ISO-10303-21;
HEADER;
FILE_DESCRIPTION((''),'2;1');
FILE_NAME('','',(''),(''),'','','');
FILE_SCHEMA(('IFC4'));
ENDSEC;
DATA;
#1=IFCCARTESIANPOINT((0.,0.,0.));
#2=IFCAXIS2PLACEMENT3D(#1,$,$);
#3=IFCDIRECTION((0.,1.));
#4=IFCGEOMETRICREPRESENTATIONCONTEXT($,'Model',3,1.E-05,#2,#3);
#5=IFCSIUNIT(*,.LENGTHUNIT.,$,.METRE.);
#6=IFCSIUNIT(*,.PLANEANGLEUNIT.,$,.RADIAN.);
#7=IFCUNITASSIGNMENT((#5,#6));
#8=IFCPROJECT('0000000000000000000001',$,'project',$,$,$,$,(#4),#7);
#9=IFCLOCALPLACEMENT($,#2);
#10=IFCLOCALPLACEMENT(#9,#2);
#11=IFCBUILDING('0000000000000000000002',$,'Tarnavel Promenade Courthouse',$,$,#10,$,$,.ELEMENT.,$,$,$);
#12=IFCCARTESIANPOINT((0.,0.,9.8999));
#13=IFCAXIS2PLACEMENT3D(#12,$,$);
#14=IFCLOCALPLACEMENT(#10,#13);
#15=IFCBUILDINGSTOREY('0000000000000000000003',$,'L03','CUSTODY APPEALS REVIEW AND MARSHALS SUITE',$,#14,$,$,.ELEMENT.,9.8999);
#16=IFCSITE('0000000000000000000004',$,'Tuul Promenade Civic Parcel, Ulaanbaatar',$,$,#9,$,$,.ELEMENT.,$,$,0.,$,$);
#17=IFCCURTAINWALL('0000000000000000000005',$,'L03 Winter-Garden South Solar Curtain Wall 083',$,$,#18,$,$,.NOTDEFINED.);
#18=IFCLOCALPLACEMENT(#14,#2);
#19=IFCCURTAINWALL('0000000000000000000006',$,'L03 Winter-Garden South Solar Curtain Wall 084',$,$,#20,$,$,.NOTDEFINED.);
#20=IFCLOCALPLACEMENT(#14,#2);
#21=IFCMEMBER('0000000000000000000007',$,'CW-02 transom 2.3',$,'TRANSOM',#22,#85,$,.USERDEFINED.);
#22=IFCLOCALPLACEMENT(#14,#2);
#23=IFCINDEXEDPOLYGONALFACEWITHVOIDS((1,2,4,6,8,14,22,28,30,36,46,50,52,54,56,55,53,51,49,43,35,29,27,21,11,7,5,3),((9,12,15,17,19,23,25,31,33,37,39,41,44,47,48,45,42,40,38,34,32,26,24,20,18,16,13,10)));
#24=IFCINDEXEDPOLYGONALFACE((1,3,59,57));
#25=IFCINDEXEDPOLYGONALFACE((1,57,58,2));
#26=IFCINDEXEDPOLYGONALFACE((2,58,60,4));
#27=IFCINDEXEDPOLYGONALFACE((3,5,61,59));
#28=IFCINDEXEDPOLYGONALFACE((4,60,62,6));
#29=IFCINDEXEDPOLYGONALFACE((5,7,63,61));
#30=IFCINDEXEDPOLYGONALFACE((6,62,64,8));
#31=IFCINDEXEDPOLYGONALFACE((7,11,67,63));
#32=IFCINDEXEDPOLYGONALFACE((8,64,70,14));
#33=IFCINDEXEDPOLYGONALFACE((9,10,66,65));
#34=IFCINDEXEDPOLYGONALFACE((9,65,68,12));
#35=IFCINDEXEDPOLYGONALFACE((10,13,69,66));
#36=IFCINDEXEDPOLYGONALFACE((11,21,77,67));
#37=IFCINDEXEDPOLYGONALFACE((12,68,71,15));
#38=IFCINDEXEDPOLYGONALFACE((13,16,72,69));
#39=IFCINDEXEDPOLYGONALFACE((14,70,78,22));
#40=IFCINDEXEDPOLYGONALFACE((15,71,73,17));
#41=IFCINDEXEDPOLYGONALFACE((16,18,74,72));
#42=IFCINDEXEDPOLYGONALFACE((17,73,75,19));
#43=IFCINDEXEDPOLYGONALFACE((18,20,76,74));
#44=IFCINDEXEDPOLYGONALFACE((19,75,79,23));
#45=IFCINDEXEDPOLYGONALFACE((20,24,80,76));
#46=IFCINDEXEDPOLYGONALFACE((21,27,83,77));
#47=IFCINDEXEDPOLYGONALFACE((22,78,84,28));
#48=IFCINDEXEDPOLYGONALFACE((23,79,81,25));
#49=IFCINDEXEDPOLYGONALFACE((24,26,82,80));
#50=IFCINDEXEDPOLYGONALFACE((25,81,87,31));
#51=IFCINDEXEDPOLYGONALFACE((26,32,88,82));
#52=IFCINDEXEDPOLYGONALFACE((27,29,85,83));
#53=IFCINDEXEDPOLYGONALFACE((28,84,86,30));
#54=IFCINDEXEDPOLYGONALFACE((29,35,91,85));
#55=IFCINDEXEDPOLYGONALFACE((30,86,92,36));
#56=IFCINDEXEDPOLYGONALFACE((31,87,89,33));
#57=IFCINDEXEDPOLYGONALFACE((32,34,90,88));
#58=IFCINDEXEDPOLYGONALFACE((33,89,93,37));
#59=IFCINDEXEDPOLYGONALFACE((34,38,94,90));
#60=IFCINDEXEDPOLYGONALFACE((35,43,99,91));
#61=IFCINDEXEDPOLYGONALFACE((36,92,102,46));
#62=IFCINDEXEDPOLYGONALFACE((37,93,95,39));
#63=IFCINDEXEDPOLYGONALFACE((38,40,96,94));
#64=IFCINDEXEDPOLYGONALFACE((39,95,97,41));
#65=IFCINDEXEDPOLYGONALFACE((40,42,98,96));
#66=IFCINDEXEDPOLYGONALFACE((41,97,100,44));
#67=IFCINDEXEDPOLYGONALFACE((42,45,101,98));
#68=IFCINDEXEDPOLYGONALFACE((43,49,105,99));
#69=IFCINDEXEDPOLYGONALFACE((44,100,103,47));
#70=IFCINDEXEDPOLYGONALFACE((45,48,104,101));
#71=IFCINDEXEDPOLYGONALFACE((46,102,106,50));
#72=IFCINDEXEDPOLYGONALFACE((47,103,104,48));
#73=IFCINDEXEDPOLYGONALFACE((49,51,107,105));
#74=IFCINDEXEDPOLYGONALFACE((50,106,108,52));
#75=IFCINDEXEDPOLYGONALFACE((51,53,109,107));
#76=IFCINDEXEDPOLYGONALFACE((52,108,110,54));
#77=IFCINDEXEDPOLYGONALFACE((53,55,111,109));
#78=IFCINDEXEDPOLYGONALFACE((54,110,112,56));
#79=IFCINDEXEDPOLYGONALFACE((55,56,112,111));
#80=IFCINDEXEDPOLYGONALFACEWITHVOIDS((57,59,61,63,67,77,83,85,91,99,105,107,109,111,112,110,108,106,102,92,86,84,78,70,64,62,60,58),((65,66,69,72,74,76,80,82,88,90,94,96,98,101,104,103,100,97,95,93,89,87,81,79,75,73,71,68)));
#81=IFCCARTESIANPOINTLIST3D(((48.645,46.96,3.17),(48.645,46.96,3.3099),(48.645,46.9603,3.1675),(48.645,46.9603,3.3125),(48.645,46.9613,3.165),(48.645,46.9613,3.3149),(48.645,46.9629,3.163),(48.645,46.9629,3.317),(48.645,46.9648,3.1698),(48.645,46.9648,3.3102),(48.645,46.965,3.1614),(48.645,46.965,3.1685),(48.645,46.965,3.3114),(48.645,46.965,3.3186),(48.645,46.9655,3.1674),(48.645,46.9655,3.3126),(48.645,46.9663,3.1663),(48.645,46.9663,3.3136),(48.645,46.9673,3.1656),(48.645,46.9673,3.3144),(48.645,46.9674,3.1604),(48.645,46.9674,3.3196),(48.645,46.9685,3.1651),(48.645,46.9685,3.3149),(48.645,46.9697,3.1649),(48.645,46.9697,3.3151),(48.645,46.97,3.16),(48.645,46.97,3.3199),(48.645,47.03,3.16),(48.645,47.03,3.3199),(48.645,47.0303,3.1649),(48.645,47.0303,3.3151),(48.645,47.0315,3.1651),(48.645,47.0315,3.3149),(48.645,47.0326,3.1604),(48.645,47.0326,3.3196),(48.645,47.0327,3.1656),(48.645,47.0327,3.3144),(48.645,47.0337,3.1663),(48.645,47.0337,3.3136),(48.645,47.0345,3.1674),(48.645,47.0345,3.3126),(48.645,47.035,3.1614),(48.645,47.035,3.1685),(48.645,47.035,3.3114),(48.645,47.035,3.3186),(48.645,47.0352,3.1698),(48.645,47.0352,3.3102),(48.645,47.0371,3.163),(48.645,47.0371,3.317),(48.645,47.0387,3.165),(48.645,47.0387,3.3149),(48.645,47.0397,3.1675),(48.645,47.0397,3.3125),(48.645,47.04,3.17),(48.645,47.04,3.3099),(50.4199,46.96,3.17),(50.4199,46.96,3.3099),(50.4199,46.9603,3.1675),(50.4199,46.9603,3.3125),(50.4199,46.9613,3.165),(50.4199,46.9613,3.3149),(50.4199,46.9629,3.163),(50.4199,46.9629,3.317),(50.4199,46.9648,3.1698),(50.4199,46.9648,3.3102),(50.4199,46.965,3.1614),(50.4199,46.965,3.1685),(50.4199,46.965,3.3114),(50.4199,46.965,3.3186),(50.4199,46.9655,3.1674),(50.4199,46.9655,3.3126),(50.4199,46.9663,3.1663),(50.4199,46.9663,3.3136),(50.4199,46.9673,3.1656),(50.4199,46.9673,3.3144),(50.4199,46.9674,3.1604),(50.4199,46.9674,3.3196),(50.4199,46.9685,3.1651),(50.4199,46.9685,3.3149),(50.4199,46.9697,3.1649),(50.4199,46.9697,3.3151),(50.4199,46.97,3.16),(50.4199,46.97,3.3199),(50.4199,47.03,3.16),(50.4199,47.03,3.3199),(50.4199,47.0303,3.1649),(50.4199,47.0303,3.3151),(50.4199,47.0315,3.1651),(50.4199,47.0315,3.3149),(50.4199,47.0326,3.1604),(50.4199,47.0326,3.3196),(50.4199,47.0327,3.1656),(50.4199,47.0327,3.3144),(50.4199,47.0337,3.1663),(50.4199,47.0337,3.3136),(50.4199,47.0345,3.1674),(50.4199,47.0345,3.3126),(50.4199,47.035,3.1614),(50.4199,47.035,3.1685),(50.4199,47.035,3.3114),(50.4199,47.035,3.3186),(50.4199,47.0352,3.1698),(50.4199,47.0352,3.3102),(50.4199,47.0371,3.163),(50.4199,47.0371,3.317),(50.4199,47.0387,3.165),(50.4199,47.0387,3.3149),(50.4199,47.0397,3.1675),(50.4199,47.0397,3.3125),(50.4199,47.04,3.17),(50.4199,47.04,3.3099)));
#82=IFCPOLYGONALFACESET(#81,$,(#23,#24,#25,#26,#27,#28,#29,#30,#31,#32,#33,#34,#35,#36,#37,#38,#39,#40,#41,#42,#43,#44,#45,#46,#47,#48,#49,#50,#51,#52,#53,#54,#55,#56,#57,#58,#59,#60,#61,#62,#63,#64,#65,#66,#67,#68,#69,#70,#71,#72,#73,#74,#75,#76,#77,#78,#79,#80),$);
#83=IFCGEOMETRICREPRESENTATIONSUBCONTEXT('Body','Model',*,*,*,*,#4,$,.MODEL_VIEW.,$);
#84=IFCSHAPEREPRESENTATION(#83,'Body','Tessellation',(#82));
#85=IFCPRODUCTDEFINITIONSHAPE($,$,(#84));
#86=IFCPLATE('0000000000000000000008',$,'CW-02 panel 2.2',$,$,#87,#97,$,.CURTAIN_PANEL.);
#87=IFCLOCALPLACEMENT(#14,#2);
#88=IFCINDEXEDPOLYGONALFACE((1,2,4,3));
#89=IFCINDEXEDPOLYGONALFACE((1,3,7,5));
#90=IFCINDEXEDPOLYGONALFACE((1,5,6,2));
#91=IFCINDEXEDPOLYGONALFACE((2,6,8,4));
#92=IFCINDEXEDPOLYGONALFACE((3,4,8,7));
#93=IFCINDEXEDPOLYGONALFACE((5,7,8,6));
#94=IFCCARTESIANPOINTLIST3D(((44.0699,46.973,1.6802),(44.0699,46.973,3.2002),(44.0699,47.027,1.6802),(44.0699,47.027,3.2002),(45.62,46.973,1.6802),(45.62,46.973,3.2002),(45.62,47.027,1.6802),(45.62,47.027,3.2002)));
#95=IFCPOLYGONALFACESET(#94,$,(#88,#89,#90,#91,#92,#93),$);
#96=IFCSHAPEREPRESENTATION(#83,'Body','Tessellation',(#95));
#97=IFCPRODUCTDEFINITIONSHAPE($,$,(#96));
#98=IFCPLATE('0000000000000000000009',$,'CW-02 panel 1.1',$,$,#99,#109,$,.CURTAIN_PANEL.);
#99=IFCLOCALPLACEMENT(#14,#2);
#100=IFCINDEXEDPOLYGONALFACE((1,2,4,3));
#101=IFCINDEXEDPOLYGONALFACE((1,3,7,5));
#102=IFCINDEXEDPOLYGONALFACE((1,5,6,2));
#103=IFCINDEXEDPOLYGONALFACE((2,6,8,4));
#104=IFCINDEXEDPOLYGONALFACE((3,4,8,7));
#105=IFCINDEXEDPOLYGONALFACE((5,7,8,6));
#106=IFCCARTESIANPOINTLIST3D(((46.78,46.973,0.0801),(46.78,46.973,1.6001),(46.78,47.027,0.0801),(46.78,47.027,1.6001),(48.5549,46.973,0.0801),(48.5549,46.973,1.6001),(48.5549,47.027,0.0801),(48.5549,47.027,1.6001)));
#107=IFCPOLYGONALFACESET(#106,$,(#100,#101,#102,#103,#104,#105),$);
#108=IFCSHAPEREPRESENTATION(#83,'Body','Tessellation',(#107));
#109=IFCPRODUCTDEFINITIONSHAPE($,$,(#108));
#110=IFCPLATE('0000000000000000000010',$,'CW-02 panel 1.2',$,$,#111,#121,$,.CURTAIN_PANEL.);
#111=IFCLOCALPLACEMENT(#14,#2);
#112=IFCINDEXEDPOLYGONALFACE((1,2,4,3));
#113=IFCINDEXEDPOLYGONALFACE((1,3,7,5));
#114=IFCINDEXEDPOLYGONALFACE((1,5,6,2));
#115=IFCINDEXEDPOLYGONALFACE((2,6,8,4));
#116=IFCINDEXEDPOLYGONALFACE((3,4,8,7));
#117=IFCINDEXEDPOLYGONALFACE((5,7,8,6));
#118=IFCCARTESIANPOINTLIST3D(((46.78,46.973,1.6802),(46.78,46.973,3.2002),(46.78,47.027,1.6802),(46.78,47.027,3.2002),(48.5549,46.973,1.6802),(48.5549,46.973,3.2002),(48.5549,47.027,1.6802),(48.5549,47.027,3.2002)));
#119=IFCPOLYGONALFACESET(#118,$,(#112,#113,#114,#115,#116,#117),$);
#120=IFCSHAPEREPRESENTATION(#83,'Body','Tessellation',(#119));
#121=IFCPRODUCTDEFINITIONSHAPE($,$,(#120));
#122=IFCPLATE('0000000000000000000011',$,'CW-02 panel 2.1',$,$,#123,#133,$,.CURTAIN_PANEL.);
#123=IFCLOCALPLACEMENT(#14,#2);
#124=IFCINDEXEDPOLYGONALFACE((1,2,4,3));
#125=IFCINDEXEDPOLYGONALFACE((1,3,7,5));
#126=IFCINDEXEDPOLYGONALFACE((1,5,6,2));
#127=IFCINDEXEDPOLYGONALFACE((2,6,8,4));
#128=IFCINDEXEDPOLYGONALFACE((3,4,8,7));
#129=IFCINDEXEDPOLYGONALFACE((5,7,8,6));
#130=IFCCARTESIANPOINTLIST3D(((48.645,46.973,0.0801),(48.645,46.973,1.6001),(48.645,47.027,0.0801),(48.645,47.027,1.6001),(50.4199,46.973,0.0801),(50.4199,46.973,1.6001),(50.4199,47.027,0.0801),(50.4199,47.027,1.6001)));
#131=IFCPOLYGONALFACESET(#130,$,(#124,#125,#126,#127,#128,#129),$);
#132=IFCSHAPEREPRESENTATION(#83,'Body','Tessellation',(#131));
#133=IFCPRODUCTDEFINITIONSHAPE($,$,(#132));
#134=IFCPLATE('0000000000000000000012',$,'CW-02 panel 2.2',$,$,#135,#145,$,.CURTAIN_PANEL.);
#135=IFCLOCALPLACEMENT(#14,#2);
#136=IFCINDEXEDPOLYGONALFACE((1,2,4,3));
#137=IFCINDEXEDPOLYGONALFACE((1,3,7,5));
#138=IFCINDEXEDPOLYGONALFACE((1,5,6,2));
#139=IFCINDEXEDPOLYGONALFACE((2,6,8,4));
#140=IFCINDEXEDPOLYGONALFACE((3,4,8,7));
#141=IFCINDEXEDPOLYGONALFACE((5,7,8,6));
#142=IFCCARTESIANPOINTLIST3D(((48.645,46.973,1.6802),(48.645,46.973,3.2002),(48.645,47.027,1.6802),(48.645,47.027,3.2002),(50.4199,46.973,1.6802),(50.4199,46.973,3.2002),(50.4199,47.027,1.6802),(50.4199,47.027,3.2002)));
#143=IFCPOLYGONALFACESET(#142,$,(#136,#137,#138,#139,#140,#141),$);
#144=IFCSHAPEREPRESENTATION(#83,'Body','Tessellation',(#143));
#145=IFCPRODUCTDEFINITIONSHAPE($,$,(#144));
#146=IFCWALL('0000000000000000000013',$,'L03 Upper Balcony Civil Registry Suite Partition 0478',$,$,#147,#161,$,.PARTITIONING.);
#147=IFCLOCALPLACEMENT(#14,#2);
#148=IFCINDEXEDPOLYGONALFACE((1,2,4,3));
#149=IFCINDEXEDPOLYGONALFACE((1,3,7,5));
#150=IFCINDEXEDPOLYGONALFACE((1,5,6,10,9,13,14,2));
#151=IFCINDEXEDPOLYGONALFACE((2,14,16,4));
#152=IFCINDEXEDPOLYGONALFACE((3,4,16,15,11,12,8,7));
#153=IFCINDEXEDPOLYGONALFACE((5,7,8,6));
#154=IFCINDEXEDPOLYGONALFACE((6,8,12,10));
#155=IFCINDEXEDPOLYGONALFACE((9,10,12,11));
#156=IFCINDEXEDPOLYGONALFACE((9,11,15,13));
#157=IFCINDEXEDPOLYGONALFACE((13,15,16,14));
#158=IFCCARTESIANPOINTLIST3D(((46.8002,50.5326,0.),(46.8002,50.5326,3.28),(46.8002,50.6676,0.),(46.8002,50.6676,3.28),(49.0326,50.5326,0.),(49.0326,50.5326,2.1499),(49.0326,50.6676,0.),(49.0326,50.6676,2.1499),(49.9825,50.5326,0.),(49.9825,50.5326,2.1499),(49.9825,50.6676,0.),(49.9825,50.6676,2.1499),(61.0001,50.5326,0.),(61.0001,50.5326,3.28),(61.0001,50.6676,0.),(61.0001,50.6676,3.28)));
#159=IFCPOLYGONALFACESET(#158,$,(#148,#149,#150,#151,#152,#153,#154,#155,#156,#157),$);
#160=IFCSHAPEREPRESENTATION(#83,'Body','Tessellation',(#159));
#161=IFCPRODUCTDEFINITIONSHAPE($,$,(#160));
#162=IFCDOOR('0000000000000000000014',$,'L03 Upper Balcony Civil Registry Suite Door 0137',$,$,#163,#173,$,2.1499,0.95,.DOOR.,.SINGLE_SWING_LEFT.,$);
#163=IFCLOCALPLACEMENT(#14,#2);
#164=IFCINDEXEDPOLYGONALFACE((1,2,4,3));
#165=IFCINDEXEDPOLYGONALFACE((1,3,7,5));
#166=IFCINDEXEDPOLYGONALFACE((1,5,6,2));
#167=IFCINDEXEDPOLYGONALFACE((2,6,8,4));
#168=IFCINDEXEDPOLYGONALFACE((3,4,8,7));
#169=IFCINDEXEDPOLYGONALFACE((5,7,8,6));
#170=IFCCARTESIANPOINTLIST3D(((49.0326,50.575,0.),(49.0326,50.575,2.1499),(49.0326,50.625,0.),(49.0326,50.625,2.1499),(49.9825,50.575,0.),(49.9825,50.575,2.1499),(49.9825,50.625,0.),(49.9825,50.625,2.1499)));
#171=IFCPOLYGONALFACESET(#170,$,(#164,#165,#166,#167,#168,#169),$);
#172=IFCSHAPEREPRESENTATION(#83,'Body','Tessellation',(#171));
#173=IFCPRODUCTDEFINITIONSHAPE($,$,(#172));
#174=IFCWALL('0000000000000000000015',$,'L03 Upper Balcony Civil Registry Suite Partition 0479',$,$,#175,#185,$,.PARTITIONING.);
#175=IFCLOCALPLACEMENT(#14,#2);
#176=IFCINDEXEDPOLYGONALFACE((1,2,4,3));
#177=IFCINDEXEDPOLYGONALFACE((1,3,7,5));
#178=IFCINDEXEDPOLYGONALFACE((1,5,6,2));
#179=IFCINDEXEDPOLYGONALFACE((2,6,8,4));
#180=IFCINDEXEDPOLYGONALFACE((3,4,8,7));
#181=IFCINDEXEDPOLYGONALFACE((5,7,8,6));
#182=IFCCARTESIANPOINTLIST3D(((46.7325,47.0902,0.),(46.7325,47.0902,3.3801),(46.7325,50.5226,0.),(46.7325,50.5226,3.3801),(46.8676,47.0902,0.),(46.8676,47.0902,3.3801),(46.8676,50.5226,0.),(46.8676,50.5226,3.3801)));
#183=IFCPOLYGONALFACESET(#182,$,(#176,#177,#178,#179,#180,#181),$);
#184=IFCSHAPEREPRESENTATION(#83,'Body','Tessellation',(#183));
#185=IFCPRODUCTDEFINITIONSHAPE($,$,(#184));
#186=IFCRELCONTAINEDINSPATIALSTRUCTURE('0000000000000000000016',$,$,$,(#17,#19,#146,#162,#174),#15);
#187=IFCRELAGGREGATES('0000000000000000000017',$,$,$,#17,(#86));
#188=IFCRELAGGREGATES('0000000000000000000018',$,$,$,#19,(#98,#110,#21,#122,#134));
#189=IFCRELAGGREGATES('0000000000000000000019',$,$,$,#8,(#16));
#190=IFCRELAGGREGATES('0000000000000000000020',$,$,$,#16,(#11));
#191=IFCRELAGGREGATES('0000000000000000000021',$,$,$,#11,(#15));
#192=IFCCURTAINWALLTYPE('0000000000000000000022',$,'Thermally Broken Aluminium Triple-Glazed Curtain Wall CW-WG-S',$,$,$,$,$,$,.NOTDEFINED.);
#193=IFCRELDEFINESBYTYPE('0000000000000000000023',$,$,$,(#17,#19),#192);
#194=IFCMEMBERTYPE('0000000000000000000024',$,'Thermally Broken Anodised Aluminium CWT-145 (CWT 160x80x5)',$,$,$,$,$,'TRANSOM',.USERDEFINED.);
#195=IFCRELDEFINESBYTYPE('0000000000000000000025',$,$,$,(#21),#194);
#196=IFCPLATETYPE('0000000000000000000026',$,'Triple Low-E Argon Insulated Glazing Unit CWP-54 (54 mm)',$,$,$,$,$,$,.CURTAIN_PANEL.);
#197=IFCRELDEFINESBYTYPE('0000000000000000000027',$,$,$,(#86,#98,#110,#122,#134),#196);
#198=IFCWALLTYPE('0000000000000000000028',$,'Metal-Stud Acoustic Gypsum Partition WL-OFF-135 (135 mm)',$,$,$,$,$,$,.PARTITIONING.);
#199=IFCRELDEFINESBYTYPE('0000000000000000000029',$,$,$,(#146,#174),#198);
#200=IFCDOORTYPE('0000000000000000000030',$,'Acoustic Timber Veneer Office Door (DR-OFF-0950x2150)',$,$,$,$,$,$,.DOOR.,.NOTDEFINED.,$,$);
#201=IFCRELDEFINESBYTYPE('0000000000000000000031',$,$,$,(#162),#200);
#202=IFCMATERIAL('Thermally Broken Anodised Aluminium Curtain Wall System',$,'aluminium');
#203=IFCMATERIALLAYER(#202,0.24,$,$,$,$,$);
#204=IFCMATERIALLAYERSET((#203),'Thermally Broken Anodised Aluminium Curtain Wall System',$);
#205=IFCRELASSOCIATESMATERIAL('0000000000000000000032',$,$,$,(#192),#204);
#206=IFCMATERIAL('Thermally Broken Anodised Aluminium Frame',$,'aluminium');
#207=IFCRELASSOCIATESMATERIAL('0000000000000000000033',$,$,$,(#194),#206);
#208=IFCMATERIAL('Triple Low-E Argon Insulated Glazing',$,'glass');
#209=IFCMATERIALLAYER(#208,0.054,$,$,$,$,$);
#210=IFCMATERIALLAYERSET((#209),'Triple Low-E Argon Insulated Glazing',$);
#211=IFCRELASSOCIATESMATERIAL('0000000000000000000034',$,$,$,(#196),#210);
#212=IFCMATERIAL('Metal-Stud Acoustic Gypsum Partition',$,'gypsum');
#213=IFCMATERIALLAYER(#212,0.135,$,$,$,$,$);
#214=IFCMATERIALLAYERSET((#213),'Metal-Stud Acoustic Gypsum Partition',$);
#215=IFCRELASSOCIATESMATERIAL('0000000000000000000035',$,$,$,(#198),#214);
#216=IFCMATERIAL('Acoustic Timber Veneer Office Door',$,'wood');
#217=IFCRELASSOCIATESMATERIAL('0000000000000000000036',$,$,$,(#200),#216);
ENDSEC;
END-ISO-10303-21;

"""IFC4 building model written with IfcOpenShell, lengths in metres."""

from ifc_helpers import new_model, si_unit, direction, frame, frame_2d, origin, origin_2d, place, context, subcontext, project, spatial, rectangle, hollow_rectangle, extrude, material, layer, layer_set, material_profile, profile_set, type_object, element, fill, aggregate, save


model = new_model("IFC4")

# Units and contexts
model_context = context("Model", 3, precision=1e-05, world=origin(), true_north=direction((0.0, 1.0)))
body_context = subcontext(model_context, "Body", "Model", "MODEL_VIEW")
ifc_project = project(units=[si_unit("LENGTHUNIT", "METRE"), si_unit("PLANEANGLEUNIT", "RADIAN")], contexts=[model_context])

# Site, building, storey
site_placement = place(None, origin())
site = spatial("IfcSite", under=ifc_project, at=site_placement, Name="Tuul Promenade Civic Parcel, Ulaanbaatar", CompositionType="ELEMENT", RefElevation=0.0)
building_placement = place(site_placement, origin())
building = spatial("IfcBuilding", under=site, at=building_placement, Name="Tarnavel Promenade Courthouse", CompositionType="ELEMENT")
storey_placement = place(building_placement, frame((0.0, 0.0, 9.8999)))
storey = spatial("IfcBuildingStorey", under=building, at=storey_placement, Name="L03", Description="CUSTODY APPEALS REVIEW AND MARSHALS SUITE", CompositionType="ELEMENT", Elevation=9.8999)

# Curtain wall
ifc_material_1 = material(Name="Thermally Broken Anodised Aluminium Curtain Wall System", Category="aluminium")
ifc_layer_1 = layer(ifc_material_1, 0.24)
ifc_layer_set_1 = layer_set([ifc_layer_1], Name="Thermally Broken Anodised Aluminium Curtain Wall System")
curtain_wall_type = type_object("IfcCurtainWallType", Name="Thermally Broken Aluminium Triple-Glazed Curtain Wall CW-WG-S", PredefinedType="NOTDEFINED", material=ifc_layer_set_1)
curtain_wall_1_placement = place(storey_placement, origin())
curtain_wall_1 = element("IfcCurtainWall", 1, at=curtain_wall_1_placement, inside=storey, type_object=curtain_wall_type, Name="L03 Winter-Garden South Solar Curtain Wall 083", PredefinedType="NOTDEFINED")
ifc_material_2 = material(Name="Thermally Broken Anodised Aluminium Frame", Category="aluminium")

# Curtain wall, member
curtain_wall_2_placement = place(storey_placement, origin())
curtain_wall_2 = element("IfcCurtainWall", 2, at=curtain_wall_2_placement, inside=storey, type_object=curtain_wall_type, Name="L03 Winter-Garden South Solar Curtain Wall 084", PredefinedType="NOTDEFINED")
ifc_material_profile_1 = material_profile(ifc_material_2, hollow_rectangle(XDim=0.0801, YDim=0.1599, WallThickness=0.0049, InnerFilletRadius=0.0049, OuterFilletRadius=0.01, at=origin_2d()), Name="CWT 160x80x5")
ifc_profile_set_1 = profile_set([ifc_material_profile_1], Name="Thermally Broken Anodised Aluminium Frame")
member_type_1 = type_object("IfcMemberType", Name="Thermally Broken Anodised Aluminium CWT-145 (CWT 160x80x5)", ElementType="TRANSOM", PredefinedType="USERDEFINED", material=ifc_profile_set_1)
member_1_placement = place(storey_placement, frame((48.645, 47.0, 3.24), z_axis=(1.0, 0.0, 0.0), x_axis=(0.0, 1.0, 0.0)))
member_1 = element("IfcMember", 3, at=member_1_placement, type_object=member_type_1, Name="CW-02 transom 2.3", ObjectType="TRANSOM", PredefinedType="USERDEFINED", context=body_context, shape_type="SweptSolid", body=[
    extrude(hollow_rectangle(XDim=0.0801, YDim=0.1599, WallThickness=0.0049, InnerFilletRadius=0.0049, OuterFilletRadius=0.01, at=origin_2d()), origin(), (0.0, 0.0, 1.0), 1.7749),
])

# Plates
ifc_material_3 = material(Name="Triple Low-E Argon Insulated Glazing", Category="glass")
ifc_layer_2 = layer(ifc_material_3, 0.054)
ifc_layer_set_2 = layer_set([ifc_layer_2], Name="Triple Low-E Argon Insulated Glazing")
plate_type = type_object("IfcPlateType", Name="Triple Low-E Argon Insulated Glazing Unit CWP-54 (54 mm)", PredefinedType="CURTAIN_PANEL", material=ifc_layer_set_2)
plate_1_placement = place(storey_placement, frame((44.845, 47.0, 1.6802), z_axis=(0.0, 0.0, 1.0), x_axis=(1.0, 0.0, 0.0)))
plate_1 = element("IfcPlate", 4, at=plate_1_placement, type_object=plate_type, Name="CW-02 panel 2.2", PredefinedType="CURTAIN_PANEL", context=body_context, shape_type="SweptSolid", body=[
    extrude(rectangle(XDim=1.55, YDim=0.054, at=origin_2d()), origin(), (0.0, 0.0, 1.0), 1.52),
])
aggregate(curtain_wall_1, [plate_1])
plate_2_placement = place(storey_placement, frame((47.6675, 47.0, 0.0801), z_axis=(0.0, 0.0, 1.0), x_axis=(1.0, 0.0, 0.0)))
plate_2 = element("IfcPlate", 5, at=plate_2_placement, type_object=plate_type, Name="CW-02 panel 1.1", PredefinedType="CURTAIN_PANEL", context=body_context, shape_type="SweptSolid", body=[
    extrude(rectangle(XDim=1.7749, YDim=0.054, at=origin_2d()), origin(), (0.0, 0.0, 1.0), 1.52),
])
plate_3_placement = place(storey_placement, frame((47.6675, 47.0, 1.6802), z_axis=(0.0, 0.0, 1.0), x_axis=(1.0, 0.0, 0.0)))
plate_3 = element("IfcPlate", 6, at=plate_3_placement, type_object=plate_type, Name="CW-02 panel 1.2", PredefinedType="CURTAIN_PANEL", context=body_context, shape_type="SweptSolid", body=[
    extrude(rectangle(XDim=1.7749, YDim=0.054, at=origin_2d()), origin(), (0.0, 0.0, 1.0), 1.52),
])
plate_4_placement = place(storey_placement, frame((49.5325, 47.0, 0.0801), z_axis=(0.0, 0.0, 1.0), x_axis=(1.0, 0.0, 0.0)))
plate_4 = element("IfcPlate", 7, at=plate_4_placement, type_object=plate_type, Name="CW-02 panel 2.1", PredefinedType="CURTAIN_PANEL", context=body_context, shape_type="SweptSolid", body=[
    extrude(rectangle(XDim=1.7749, YDim=0.054, at=origin_2d()), origin(), (0.0, 0.0, 1.0), 1.52),
])
plate_5_placement = place(storey_placement, frame((49.5325, 47.0, 1.6802), z_axis=(0.0, 0.0, 1.0), x_axis=(1.0, 0.0, 0.0)))
plate_5 = element("IfcPlate", 8, at=plate_5_placement, type_object=plate_type, Name="CW-02 panel 2.2", PredefinedType="CURTAIN_PANEL", context=body_context, shape_type="SweptSolid", body=[
    extrude(rectangle(XDim=1.7749, YDim=0.054, at=origin_2d()), origin(), (0.0, 0.0, 1.0), 1.52),
])
aggregate(curtain_wall_2, [plate_2, plate_3, member_1, plate_4, plate_5])

# Wall, opening, door
ifc_material_4 = material(Name="Metal-Stud Acoustic Gypsum Partition", Category="gypsum")
ifc_layer_3 = layer(ifc_material_4, 0.135)
ifc_layer_set_3 = layer_set([ifc_layer_3], Name="Metal-Stud Acoustic Gypsum Partition")
wall_type = type_object("IfcWallType", Name="Metal-Stud Acoustic Gypsum Partition WL-OFF-135 (135 mm)", PredefinedType="PARTITIONING", material=ifc_layer_set_3)
wall_1_placement = place(storey_placement, frame((46.8, 50.6001, 0.0), z_axis=(0.0, 0.0, 1.0), x_axis=(1.0, 0.0, 0.0)))
wall_1 = element("IfcWall", 9, at=wall_1_placement, inside=storey, type_object=wall_type, Name="L03 Upper Balcony Civil Registry Suite Partition 0478", PredefinedType="PARTITIONING", context=body_context, shape_type="SweptSolid", body=[
    extrude(rectangle(XDim=14.2, YDim=0.135, at=frame_2d((7.1001, 0.0))), origin(), (0.0, 0.0, 1.0), 3.28),
])
opening_placement = place(wall_1_placement, frame((2.2324, 0.0, 0.0)))
opening = element("IfcOpeningElement", 10, at=opening_placement, cuts=wall_1, PredefinedType="OPENING", context=body_context, shape_type="SweptSolid", body=[
    extrude(rectangle(XDim=0.95, YDim=2.1499, at=frame_2d((0.4751, 1.075))), frame((0.0, 0.0774, 0.0), z_axis=(0.0, -1.0, 0.0), x_axis=(1.0, 0.0, 0.0)), (0.0, 0.0, 1.0), 0.155),
])
ifc_material_5 = material(Name="Acoustic Timber Veneer Office Door", Category="wood")
door_type = type_object("IfcDoorType", Name="Acoustic Timber Veneer Office Door (DR-OFF-0950x2150)", OperationType="NOTDEFINED", PredefinedType="DOOR", material=ifc_material_5)
door_placement = place(opening_placement, origin())
door = element("IfcDoor", 11, at=door_placement, inside=storey, type_object=door_type, Name="L03 Upper Balcony Civil Registry Suite Door 0137", OperationType="SINGLE_SWING_LEFT", OverallHeight=2.1499, OverallWidth=0.95, PredefinedType="DOOR", context=body_context, shape_type="SweptSolid", body=[
    extrude(rectangle(XDim=0.95, YDim=2.1499, at=frame_2d((0.4751, 1.075))), frame((0.0, 0.0249, 0.0), z_axis=(0.0, -1.0, 0.0), x_axis=(1.0, 0.0, 0.0)), (0.0, 0.0, 1.0), 0.05),
])
fill(opening, door)

# Wall
wall_2_placement = place(storey_placement, frame((46.8, 47.0901, 0.0), z_axis=(0.0, 0.0, 1.0), x_axis=(0.0, 1.0, 0.0)))
element("IfcWall", 12, at=wall_2_placement, inside=storey, type_object=wall_type, Name="L03 Upper Balcony Civil Registry Suite Partition 0479", PredefinedType="PARTITIONING", context=body_context, shape_type="SweptSolid", body=[
    extrude(rectangle(XDim=3.4324, YDim=0.135, at=frame_2d((1.7163, 0.0))), origin(), (0.0, 0.0, 1.0), 3.3801),
])

save(model, "model.ifc")
